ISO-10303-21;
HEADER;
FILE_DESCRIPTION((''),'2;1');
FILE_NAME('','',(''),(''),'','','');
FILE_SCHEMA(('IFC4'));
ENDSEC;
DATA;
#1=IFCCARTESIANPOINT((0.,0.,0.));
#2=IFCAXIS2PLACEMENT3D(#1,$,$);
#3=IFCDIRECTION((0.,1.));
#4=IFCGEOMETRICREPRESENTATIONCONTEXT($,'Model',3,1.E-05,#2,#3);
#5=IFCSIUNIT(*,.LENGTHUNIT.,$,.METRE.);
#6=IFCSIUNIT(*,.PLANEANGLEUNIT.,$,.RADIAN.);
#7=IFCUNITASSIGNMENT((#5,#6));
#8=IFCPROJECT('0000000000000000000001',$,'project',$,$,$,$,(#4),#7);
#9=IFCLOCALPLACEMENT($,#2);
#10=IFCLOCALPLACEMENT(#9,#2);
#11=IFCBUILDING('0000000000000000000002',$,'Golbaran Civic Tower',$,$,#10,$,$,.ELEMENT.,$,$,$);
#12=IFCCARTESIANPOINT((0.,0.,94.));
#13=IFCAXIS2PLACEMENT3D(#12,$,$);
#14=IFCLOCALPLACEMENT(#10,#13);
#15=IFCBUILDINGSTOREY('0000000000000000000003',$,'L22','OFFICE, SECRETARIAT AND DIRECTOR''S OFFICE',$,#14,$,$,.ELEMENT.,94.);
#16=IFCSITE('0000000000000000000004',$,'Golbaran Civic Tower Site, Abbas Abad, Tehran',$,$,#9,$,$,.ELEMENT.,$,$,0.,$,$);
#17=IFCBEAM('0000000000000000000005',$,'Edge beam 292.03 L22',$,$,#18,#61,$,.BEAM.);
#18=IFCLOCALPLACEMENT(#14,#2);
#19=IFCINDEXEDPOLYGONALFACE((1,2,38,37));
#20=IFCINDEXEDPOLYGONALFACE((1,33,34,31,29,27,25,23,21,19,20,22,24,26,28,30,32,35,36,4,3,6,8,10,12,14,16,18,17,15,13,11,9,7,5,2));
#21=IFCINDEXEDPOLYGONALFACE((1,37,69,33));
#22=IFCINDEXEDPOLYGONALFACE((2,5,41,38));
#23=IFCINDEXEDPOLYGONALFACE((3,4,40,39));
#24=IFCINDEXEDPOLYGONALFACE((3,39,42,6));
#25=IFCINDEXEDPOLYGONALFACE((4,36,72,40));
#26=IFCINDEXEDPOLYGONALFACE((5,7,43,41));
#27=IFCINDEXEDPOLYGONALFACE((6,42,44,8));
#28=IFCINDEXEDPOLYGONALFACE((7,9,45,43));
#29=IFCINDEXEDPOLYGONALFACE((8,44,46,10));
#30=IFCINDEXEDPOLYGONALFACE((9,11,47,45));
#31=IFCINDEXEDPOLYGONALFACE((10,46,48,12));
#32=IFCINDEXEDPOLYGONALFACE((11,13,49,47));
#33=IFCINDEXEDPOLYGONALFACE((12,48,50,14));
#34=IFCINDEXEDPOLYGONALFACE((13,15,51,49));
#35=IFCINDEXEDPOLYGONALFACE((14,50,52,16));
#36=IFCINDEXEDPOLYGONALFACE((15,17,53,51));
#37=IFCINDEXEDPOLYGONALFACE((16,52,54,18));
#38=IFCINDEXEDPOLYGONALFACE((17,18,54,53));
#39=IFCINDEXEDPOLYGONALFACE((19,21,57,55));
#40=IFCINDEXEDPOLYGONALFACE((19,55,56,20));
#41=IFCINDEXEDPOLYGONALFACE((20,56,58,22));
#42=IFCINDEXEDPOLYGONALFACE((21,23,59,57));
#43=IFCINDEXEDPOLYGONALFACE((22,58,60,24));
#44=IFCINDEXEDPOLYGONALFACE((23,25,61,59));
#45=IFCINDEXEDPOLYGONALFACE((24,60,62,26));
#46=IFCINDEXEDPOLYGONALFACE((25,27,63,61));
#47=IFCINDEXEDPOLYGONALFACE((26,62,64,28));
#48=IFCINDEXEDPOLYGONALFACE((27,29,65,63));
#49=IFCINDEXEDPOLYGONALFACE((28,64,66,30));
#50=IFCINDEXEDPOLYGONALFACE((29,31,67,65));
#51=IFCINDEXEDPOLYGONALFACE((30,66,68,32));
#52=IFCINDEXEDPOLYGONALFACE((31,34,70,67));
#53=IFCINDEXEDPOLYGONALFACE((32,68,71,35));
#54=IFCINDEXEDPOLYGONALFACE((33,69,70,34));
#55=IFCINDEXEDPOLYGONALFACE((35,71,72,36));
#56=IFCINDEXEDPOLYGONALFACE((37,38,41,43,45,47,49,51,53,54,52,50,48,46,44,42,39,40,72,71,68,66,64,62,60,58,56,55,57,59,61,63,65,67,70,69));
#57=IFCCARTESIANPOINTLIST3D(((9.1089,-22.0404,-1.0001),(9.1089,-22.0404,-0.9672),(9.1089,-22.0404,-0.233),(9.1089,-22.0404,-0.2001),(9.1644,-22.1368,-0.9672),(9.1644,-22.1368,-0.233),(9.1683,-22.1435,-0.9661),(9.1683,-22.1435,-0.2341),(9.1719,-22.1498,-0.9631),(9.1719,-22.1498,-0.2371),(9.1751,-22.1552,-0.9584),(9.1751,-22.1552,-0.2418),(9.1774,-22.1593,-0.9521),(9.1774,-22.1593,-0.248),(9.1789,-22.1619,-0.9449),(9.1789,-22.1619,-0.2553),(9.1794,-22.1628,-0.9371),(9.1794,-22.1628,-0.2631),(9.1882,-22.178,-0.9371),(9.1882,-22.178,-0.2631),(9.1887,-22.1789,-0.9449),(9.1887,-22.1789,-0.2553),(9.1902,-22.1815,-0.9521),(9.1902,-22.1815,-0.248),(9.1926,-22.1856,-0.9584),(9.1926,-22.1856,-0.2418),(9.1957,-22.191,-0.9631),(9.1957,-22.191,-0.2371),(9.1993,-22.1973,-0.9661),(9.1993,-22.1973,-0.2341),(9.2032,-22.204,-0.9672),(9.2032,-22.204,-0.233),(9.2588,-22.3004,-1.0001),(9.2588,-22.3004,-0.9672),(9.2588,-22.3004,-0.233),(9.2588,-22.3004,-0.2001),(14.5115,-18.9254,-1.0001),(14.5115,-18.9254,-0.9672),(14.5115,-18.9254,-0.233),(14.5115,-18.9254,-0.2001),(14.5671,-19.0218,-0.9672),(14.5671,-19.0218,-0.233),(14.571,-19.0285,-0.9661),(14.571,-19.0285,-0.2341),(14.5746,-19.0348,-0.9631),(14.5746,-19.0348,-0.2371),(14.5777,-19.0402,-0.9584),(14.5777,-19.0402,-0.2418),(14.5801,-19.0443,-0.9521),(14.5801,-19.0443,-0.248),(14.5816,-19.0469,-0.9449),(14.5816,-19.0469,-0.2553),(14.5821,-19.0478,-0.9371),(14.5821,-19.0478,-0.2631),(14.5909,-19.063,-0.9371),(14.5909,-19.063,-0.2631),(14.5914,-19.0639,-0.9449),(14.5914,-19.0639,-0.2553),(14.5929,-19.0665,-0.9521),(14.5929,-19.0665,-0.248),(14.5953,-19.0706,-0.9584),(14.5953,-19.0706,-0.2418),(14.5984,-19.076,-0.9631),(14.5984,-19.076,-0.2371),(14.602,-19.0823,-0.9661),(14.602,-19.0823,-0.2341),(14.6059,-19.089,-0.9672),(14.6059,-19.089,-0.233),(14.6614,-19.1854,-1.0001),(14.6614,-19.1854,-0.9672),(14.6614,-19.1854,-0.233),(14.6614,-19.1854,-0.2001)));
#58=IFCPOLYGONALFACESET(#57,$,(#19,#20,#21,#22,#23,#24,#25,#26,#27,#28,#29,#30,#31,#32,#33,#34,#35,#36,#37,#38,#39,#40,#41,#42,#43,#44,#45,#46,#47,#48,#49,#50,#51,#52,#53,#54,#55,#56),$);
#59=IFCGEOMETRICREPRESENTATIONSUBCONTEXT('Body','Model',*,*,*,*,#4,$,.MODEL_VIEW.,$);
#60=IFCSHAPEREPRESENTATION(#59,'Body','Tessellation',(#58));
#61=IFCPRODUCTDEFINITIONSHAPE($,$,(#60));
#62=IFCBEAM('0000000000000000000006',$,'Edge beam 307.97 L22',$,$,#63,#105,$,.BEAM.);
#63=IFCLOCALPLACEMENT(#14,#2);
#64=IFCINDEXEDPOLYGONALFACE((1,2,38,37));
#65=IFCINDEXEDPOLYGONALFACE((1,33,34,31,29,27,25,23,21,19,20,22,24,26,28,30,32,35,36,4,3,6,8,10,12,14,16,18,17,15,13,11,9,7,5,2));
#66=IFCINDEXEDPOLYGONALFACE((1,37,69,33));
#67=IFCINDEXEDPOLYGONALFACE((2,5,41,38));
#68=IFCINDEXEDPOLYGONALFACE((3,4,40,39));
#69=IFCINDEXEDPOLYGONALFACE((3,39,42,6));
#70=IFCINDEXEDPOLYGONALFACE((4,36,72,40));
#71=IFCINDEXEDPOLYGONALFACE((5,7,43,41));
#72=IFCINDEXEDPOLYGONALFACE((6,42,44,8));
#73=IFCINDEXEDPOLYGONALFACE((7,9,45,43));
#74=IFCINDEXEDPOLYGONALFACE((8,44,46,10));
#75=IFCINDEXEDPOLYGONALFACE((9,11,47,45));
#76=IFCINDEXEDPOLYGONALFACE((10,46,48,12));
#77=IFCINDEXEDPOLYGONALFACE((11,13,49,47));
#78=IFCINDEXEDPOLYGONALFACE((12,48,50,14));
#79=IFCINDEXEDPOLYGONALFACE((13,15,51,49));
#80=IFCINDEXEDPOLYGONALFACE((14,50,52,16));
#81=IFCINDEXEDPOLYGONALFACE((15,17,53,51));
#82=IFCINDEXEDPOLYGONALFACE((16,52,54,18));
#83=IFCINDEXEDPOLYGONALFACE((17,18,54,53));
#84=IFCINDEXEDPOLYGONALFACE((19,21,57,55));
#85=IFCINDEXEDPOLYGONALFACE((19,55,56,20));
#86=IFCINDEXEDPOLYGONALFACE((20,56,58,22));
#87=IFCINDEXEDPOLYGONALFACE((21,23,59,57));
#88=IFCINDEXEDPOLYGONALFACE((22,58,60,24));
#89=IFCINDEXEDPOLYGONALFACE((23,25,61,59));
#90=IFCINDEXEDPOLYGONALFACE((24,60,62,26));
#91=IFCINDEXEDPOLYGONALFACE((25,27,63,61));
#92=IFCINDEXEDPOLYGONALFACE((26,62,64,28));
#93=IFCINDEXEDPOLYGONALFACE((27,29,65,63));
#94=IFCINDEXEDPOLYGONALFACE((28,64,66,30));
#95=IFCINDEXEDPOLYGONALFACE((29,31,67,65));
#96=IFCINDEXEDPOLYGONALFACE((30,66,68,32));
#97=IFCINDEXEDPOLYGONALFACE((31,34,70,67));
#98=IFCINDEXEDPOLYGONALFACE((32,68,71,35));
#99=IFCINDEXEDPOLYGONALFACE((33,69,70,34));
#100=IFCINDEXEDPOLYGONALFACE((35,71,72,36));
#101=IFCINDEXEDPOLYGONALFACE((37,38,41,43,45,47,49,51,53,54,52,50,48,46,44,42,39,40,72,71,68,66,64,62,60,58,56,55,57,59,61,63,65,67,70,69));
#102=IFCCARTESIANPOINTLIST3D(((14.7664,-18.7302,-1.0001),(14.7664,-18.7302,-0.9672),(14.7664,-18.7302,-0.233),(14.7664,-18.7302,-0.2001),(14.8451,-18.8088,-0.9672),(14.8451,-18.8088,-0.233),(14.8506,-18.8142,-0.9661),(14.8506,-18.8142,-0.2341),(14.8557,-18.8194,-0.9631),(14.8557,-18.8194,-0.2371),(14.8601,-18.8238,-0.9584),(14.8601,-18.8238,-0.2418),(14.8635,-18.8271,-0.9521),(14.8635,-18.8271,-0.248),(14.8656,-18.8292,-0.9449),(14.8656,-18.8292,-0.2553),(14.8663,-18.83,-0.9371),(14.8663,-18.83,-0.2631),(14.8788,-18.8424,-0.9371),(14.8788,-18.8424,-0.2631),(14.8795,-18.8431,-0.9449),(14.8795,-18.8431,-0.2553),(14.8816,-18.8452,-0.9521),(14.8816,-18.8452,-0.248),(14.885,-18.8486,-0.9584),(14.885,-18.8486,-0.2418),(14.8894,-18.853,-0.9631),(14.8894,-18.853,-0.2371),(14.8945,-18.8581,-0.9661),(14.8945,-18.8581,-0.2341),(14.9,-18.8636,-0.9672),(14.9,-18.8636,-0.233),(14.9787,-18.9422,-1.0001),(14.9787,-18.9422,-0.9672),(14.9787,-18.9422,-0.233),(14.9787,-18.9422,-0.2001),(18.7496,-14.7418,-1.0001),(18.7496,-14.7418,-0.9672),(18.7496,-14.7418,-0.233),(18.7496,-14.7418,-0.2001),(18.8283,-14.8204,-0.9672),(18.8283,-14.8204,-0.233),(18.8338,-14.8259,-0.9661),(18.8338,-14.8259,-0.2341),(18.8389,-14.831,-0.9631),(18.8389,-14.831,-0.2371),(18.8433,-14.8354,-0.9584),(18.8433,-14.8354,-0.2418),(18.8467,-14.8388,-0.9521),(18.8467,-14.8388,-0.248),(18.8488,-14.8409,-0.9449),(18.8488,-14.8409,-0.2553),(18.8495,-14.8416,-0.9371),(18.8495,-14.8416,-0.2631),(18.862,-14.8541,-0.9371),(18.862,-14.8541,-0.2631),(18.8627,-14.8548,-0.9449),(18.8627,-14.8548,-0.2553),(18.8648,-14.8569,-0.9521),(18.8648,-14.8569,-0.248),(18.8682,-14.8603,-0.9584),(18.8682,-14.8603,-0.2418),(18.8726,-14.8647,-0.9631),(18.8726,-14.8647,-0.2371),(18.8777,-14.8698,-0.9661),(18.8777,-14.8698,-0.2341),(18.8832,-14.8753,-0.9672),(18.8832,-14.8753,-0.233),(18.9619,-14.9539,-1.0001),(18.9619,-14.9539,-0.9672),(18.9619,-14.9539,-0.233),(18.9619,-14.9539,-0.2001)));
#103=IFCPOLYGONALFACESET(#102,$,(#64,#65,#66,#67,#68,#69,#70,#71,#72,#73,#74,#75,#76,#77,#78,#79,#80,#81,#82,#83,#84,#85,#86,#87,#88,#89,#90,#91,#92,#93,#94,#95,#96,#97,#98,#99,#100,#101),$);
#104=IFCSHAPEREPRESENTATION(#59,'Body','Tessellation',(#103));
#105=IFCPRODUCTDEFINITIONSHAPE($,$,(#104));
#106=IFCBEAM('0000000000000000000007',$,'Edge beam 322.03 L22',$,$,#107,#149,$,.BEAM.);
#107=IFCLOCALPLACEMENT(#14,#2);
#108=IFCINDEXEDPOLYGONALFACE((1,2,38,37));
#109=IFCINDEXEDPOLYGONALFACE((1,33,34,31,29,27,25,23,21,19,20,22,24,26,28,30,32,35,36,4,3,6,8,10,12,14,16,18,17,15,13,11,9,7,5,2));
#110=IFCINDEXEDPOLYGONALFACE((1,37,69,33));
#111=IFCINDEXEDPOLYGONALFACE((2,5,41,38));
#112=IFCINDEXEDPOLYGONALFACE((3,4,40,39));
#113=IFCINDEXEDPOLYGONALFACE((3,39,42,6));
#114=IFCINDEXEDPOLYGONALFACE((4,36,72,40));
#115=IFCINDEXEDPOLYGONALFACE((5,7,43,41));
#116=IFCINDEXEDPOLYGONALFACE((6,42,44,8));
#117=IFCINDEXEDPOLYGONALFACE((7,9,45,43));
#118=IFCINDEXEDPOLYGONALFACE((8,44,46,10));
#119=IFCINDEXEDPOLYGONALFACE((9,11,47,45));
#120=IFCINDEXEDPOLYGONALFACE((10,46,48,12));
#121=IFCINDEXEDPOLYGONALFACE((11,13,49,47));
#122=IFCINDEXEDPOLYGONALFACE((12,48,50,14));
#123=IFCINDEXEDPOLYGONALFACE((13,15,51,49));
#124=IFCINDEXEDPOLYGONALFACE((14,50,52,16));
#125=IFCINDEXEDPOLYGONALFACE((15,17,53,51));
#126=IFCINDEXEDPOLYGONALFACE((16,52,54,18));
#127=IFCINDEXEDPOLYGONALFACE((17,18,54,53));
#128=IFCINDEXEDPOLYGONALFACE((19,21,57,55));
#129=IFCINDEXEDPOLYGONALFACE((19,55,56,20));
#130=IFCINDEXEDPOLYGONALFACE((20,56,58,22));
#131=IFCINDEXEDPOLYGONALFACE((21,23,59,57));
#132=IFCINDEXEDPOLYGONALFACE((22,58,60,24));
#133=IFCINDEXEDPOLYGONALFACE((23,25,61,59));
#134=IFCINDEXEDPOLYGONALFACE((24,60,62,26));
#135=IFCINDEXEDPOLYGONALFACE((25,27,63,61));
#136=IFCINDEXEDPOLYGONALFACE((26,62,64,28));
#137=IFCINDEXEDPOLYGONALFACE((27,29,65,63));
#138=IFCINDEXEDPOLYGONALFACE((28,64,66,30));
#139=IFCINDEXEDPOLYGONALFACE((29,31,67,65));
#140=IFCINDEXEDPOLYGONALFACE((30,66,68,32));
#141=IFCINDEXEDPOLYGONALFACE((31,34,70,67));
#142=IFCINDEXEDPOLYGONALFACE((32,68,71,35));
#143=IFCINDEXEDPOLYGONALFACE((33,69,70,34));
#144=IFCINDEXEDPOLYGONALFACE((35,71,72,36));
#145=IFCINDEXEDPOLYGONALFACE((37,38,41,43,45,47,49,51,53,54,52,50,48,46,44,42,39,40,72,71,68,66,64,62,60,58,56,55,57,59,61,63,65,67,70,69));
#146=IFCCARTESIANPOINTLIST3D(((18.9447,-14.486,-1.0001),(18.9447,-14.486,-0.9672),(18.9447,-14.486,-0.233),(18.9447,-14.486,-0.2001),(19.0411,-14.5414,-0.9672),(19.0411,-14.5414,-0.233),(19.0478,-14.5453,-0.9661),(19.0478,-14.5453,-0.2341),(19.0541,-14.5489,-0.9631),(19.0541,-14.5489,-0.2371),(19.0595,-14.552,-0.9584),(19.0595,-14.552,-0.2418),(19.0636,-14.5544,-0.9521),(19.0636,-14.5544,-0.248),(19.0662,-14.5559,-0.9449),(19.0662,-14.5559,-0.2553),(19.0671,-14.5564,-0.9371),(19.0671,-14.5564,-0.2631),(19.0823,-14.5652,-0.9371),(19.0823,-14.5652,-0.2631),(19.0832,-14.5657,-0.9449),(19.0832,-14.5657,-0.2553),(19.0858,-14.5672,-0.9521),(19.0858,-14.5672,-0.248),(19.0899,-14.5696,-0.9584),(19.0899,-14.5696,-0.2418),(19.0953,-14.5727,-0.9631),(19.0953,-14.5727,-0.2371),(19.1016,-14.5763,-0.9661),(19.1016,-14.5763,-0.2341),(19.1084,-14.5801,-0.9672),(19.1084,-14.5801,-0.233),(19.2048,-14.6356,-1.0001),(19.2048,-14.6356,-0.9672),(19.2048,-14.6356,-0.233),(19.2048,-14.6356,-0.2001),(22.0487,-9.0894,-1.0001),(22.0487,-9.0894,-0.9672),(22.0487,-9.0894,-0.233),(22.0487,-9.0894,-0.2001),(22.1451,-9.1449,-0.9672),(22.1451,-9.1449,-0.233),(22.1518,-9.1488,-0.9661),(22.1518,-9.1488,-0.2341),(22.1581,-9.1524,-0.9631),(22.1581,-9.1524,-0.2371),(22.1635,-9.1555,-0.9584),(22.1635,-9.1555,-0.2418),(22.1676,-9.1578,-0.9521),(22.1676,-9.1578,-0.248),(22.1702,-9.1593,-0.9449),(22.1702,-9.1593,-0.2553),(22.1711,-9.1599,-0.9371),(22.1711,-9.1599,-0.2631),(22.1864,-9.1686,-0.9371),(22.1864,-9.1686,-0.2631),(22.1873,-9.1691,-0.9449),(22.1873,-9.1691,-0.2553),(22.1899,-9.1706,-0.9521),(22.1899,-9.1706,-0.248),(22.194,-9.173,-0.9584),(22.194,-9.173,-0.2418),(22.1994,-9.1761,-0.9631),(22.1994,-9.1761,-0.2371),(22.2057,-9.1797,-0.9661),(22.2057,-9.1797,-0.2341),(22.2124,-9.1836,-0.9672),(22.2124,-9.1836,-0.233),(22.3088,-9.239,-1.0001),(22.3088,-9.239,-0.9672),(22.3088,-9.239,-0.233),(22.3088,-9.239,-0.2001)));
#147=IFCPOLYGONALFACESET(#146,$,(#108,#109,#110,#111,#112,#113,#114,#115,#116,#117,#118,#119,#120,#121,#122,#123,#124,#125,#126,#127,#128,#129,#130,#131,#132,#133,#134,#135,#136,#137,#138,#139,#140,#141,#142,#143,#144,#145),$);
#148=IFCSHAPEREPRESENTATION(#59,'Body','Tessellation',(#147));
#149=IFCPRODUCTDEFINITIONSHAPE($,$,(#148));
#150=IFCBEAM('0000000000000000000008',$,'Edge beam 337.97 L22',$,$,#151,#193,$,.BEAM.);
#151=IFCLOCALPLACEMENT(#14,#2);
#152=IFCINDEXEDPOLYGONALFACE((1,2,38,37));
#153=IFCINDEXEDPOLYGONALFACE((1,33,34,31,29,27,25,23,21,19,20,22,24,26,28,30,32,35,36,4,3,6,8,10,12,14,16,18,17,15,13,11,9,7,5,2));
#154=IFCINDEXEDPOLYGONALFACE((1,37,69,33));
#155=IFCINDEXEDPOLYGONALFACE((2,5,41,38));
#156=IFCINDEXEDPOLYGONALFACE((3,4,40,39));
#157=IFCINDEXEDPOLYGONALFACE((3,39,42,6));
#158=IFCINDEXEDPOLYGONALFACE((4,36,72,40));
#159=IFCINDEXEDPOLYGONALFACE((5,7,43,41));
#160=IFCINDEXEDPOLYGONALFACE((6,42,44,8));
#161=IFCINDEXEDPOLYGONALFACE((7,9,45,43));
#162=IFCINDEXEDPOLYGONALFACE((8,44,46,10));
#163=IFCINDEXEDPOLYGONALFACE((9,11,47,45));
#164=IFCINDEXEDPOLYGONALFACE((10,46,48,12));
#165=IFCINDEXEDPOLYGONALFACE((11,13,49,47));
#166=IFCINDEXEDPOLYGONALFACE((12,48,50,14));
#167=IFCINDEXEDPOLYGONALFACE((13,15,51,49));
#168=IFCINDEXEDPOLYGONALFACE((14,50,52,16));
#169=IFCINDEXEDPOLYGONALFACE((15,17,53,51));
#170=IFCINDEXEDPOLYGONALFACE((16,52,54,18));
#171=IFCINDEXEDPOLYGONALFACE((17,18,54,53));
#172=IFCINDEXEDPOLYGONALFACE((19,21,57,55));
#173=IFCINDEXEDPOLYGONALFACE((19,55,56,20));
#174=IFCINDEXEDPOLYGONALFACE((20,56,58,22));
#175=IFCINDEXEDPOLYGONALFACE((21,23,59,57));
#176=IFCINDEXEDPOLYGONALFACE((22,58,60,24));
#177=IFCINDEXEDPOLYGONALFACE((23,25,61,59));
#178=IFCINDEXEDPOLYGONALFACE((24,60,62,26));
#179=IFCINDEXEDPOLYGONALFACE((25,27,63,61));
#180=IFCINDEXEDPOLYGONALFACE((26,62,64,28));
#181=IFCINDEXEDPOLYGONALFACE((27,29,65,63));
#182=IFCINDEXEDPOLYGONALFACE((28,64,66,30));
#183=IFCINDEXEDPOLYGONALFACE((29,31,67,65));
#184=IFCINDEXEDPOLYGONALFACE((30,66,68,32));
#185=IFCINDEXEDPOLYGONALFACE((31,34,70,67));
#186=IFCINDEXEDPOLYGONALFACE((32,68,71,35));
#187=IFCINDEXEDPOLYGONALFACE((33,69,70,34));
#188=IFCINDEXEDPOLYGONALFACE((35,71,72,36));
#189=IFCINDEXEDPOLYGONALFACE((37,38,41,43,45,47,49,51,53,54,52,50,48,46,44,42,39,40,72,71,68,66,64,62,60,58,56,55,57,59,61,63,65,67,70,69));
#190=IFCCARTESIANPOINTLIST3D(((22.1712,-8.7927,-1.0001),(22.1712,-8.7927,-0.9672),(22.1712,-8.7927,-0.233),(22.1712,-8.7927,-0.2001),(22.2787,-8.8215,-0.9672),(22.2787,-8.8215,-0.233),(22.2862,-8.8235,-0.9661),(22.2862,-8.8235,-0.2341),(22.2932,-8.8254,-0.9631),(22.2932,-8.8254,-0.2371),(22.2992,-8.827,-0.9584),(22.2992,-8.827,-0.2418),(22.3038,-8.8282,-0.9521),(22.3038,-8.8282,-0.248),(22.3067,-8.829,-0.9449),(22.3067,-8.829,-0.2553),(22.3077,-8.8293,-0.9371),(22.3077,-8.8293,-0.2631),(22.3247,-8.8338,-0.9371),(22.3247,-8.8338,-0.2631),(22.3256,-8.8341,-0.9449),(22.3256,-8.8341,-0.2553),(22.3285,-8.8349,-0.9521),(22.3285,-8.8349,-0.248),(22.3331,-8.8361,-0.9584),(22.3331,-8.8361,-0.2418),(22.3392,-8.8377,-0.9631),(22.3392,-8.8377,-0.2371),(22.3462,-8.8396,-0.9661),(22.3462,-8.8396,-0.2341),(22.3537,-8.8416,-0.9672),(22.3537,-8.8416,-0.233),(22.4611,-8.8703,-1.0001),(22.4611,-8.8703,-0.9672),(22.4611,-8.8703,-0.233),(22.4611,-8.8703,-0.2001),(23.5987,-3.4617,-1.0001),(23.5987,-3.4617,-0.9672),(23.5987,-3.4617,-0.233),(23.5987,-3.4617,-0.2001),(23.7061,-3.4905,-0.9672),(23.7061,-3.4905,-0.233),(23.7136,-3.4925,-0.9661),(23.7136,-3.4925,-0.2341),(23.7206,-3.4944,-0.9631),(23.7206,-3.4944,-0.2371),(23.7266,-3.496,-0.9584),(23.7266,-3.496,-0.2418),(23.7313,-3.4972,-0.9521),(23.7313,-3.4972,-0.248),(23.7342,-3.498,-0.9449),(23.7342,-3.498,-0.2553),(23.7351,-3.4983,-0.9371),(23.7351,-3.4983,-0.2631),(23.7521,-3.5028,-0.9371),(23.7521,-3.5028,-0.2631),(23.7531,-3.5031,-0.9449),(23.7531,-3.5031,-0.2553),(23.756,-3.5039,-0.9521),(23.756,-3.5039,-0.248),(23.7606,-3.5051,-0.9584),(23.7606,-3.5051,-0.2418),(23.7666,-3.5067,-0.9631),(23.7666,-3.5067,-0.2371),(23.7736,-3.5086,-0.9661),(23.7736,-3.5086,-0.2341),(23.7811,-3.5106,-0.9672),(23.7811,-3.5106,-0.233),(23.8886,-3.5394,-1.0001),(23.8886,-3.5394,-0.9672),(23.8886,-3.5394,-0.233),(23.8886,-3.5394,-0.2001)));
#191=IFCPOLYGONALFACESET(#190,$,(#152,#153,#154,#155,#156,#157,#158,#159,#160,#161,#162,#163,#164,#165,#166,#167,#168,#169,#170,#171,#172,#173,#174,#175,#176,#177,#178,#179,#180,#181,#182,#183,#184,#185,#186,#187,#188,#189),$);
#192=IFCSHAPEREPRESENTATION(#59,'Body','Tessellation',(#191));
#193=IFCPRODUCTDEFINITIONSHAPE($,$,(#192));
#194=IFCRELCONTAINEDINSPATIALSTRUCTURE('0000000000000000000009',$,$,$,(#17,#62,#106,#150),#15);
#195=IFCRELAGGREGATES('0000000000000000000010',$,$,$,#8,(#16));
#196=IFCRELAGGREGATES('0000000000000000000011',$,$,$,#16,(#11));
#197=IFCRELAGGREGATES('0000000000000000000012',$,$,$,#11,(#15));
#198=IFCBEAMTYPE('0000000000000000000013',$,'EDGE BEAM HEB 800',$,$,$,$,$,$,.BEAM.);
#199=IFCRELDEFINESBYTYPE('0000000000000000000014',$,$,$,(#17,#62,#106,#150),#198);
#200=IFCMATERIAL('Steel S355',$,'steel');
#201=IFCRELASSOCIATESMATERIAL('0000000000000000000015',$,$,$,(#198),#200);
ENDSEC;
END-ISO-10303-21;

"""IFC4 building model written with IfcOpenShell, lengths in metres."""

from ifc_helpers import new_model, si_unit, direction, frame, origin, origin_2d, place, context, subcontext, project, spatial, i_section, extrude, material, material_profile, profile_set, type_object, element, save


model = new_model("IFC4")

# Units and contexts
model_context = context("Model", 3, precision=1e-05, world=origin(), true_north=direction((0.0, 1.0)))
body_context = subcontext(model_context, "Body", "Model", "MODEL_VIEW")
ifc_project = project(units=[si_unit("LENGTHUNIT", "METRE"), si_unit("PLANEANGLEUNIT", "RADIAN")], contexts=[model_context])

# Site, building, storey
site_placement = place(None, origin())
site = spatial("IfcSite", under=ifc_project, at=site_placement, Name="Golbaran Civic Tower Site, Abbas Abad, Tehran", CompositionType="ELEMENT", RefElevation=0.0)
building_placement = place(site_placement, origin())
building = spatial("IfcBuilding", under=site, at=building_placement, Name="Golbaran Civic Tower", CompositionType="ELEMENT")
storey_placement = place(building_placement, frame((0.0, 0.0, 94.0)))
storey = spatial("IfcBuildingStorey", under=building, at=storey_placement, Name="L22", Description="OFFICE, SECRETARIAT AND DIRECTOR'S OFFICE", CompositionType="ELEMENT", Elevation=94.0)

# Beams
ifc_material_1 = material(Name="Steel S355", Category="steel")
ifc_material_profile_1 = material_profile(ifc_material_1, i_section(OverallWidth=0.3, OverallDepth=0.8, WebThickness=0.0176, FlangeThickness=0.033, FilletRadius=0.03, at=origin_2d()), Name="HEB 800")
ifc_profile_set_1 = profile_set([ifc_material_profile_1], Name="Steel S355")
beam_type_1 = type_object("IfcBeamType", Name="EDGE BEAM HEB 800", PredefinedType="BEAM", material=ifc_profile_set_1)
beam_1_placement = place(storey_placement, frame((9.1838, -22.1704, -0.6001), z_axis=(0.866317, 0.499495, 0.0), x_axis=(-0.499495, 0.866317, 0.0)))
element("IfcBeam", 1, at=beam_1_placement, inside=storey, type_object=beam_type_1, Name="Edge beam 292.03 L22", PredefinedType="BEAM", context=body_context, shape_type="SweptSolid", body=[
    extrude(i_section(OverallWidth=0.3, OverallDepth=0.8, WebThickness=0.0176, FlangeThickness=0.033, FilletRadius=0.03, at=origin_2d()), origin(), (0.0, 0.0, 1.0), 6.2363),
])
beam_2_placement = place(storey_placement, frame((14.8726, -18.8362, -0.6001), z_axis=(0.706652, 0.707561, 0.0), x_axis=(-0.707561, 0.706652, 0.0)))
element("IfcBeam", 2, at=beam_2_placement, inside=storey, type_object=beam_type_1, Name="Edge beam 307.97 L22", PredefinedType="BEAM", context=body_context, shape_type="SweptSolid", body=[
    extrude(i_section(OverallWidth=0.3, OverallDepth=0.8, WebThickness=0.0176, FlangeThickness=0.033, FilletRadius=0.03, at=origin_2d()), origin(), (0.0, 0.0, 1.0), 5.6367),
])
beam_3_placement = place(storey_placement, frame((19.0747, -14.5608, -0.6001), z_axis=(0.498595, 0.866835, 0.0), x_axis=(-0.866835, 0.498595, 0.0)))
element("IfcBeam", 3, at=beam_3_placement, inside=storey, type_object=beam_type_1, Name="Edge beam 322.03 L22", PredefinedType="BEAM", context=body_context, shape_type="SweptSolid", body=[
    extrude(i_section(OverallWidth=0.3, OverallDepth=0.8, WebThickness=0.0176, FlangeThickness=0.033, FilletRadius=0.03, at=origin_2d()), origin(), (0.0, 0.0, 1.0), 6.2256),
])
beam_4_placement = place(storey_placement, frame((22.3162, -8.8315, -0.6001), z_axis=(0.258656, 0.965969, 0.0), x_axis=(-0.965969, 0.258656, 0.0)))
element("IfcBeam", 4, at=beam_4_placement, inside=storey, type_object=beam_type_1, Name="Edge beam 337.97 L22", PredefinedType="BEAM", context=body_context, shape_type="SweptSolid", body=[
    extrude(i_section(OverallWidth=0.3, OverallDepth=0.8, WebThickness=0.0176, FlangeThickness=0.033, FilletRadius=0.03, at=origin_2d()), origin(), (0.0, 0.0, 1.0), 5.5188),
])

save(model, "model.ifc")
